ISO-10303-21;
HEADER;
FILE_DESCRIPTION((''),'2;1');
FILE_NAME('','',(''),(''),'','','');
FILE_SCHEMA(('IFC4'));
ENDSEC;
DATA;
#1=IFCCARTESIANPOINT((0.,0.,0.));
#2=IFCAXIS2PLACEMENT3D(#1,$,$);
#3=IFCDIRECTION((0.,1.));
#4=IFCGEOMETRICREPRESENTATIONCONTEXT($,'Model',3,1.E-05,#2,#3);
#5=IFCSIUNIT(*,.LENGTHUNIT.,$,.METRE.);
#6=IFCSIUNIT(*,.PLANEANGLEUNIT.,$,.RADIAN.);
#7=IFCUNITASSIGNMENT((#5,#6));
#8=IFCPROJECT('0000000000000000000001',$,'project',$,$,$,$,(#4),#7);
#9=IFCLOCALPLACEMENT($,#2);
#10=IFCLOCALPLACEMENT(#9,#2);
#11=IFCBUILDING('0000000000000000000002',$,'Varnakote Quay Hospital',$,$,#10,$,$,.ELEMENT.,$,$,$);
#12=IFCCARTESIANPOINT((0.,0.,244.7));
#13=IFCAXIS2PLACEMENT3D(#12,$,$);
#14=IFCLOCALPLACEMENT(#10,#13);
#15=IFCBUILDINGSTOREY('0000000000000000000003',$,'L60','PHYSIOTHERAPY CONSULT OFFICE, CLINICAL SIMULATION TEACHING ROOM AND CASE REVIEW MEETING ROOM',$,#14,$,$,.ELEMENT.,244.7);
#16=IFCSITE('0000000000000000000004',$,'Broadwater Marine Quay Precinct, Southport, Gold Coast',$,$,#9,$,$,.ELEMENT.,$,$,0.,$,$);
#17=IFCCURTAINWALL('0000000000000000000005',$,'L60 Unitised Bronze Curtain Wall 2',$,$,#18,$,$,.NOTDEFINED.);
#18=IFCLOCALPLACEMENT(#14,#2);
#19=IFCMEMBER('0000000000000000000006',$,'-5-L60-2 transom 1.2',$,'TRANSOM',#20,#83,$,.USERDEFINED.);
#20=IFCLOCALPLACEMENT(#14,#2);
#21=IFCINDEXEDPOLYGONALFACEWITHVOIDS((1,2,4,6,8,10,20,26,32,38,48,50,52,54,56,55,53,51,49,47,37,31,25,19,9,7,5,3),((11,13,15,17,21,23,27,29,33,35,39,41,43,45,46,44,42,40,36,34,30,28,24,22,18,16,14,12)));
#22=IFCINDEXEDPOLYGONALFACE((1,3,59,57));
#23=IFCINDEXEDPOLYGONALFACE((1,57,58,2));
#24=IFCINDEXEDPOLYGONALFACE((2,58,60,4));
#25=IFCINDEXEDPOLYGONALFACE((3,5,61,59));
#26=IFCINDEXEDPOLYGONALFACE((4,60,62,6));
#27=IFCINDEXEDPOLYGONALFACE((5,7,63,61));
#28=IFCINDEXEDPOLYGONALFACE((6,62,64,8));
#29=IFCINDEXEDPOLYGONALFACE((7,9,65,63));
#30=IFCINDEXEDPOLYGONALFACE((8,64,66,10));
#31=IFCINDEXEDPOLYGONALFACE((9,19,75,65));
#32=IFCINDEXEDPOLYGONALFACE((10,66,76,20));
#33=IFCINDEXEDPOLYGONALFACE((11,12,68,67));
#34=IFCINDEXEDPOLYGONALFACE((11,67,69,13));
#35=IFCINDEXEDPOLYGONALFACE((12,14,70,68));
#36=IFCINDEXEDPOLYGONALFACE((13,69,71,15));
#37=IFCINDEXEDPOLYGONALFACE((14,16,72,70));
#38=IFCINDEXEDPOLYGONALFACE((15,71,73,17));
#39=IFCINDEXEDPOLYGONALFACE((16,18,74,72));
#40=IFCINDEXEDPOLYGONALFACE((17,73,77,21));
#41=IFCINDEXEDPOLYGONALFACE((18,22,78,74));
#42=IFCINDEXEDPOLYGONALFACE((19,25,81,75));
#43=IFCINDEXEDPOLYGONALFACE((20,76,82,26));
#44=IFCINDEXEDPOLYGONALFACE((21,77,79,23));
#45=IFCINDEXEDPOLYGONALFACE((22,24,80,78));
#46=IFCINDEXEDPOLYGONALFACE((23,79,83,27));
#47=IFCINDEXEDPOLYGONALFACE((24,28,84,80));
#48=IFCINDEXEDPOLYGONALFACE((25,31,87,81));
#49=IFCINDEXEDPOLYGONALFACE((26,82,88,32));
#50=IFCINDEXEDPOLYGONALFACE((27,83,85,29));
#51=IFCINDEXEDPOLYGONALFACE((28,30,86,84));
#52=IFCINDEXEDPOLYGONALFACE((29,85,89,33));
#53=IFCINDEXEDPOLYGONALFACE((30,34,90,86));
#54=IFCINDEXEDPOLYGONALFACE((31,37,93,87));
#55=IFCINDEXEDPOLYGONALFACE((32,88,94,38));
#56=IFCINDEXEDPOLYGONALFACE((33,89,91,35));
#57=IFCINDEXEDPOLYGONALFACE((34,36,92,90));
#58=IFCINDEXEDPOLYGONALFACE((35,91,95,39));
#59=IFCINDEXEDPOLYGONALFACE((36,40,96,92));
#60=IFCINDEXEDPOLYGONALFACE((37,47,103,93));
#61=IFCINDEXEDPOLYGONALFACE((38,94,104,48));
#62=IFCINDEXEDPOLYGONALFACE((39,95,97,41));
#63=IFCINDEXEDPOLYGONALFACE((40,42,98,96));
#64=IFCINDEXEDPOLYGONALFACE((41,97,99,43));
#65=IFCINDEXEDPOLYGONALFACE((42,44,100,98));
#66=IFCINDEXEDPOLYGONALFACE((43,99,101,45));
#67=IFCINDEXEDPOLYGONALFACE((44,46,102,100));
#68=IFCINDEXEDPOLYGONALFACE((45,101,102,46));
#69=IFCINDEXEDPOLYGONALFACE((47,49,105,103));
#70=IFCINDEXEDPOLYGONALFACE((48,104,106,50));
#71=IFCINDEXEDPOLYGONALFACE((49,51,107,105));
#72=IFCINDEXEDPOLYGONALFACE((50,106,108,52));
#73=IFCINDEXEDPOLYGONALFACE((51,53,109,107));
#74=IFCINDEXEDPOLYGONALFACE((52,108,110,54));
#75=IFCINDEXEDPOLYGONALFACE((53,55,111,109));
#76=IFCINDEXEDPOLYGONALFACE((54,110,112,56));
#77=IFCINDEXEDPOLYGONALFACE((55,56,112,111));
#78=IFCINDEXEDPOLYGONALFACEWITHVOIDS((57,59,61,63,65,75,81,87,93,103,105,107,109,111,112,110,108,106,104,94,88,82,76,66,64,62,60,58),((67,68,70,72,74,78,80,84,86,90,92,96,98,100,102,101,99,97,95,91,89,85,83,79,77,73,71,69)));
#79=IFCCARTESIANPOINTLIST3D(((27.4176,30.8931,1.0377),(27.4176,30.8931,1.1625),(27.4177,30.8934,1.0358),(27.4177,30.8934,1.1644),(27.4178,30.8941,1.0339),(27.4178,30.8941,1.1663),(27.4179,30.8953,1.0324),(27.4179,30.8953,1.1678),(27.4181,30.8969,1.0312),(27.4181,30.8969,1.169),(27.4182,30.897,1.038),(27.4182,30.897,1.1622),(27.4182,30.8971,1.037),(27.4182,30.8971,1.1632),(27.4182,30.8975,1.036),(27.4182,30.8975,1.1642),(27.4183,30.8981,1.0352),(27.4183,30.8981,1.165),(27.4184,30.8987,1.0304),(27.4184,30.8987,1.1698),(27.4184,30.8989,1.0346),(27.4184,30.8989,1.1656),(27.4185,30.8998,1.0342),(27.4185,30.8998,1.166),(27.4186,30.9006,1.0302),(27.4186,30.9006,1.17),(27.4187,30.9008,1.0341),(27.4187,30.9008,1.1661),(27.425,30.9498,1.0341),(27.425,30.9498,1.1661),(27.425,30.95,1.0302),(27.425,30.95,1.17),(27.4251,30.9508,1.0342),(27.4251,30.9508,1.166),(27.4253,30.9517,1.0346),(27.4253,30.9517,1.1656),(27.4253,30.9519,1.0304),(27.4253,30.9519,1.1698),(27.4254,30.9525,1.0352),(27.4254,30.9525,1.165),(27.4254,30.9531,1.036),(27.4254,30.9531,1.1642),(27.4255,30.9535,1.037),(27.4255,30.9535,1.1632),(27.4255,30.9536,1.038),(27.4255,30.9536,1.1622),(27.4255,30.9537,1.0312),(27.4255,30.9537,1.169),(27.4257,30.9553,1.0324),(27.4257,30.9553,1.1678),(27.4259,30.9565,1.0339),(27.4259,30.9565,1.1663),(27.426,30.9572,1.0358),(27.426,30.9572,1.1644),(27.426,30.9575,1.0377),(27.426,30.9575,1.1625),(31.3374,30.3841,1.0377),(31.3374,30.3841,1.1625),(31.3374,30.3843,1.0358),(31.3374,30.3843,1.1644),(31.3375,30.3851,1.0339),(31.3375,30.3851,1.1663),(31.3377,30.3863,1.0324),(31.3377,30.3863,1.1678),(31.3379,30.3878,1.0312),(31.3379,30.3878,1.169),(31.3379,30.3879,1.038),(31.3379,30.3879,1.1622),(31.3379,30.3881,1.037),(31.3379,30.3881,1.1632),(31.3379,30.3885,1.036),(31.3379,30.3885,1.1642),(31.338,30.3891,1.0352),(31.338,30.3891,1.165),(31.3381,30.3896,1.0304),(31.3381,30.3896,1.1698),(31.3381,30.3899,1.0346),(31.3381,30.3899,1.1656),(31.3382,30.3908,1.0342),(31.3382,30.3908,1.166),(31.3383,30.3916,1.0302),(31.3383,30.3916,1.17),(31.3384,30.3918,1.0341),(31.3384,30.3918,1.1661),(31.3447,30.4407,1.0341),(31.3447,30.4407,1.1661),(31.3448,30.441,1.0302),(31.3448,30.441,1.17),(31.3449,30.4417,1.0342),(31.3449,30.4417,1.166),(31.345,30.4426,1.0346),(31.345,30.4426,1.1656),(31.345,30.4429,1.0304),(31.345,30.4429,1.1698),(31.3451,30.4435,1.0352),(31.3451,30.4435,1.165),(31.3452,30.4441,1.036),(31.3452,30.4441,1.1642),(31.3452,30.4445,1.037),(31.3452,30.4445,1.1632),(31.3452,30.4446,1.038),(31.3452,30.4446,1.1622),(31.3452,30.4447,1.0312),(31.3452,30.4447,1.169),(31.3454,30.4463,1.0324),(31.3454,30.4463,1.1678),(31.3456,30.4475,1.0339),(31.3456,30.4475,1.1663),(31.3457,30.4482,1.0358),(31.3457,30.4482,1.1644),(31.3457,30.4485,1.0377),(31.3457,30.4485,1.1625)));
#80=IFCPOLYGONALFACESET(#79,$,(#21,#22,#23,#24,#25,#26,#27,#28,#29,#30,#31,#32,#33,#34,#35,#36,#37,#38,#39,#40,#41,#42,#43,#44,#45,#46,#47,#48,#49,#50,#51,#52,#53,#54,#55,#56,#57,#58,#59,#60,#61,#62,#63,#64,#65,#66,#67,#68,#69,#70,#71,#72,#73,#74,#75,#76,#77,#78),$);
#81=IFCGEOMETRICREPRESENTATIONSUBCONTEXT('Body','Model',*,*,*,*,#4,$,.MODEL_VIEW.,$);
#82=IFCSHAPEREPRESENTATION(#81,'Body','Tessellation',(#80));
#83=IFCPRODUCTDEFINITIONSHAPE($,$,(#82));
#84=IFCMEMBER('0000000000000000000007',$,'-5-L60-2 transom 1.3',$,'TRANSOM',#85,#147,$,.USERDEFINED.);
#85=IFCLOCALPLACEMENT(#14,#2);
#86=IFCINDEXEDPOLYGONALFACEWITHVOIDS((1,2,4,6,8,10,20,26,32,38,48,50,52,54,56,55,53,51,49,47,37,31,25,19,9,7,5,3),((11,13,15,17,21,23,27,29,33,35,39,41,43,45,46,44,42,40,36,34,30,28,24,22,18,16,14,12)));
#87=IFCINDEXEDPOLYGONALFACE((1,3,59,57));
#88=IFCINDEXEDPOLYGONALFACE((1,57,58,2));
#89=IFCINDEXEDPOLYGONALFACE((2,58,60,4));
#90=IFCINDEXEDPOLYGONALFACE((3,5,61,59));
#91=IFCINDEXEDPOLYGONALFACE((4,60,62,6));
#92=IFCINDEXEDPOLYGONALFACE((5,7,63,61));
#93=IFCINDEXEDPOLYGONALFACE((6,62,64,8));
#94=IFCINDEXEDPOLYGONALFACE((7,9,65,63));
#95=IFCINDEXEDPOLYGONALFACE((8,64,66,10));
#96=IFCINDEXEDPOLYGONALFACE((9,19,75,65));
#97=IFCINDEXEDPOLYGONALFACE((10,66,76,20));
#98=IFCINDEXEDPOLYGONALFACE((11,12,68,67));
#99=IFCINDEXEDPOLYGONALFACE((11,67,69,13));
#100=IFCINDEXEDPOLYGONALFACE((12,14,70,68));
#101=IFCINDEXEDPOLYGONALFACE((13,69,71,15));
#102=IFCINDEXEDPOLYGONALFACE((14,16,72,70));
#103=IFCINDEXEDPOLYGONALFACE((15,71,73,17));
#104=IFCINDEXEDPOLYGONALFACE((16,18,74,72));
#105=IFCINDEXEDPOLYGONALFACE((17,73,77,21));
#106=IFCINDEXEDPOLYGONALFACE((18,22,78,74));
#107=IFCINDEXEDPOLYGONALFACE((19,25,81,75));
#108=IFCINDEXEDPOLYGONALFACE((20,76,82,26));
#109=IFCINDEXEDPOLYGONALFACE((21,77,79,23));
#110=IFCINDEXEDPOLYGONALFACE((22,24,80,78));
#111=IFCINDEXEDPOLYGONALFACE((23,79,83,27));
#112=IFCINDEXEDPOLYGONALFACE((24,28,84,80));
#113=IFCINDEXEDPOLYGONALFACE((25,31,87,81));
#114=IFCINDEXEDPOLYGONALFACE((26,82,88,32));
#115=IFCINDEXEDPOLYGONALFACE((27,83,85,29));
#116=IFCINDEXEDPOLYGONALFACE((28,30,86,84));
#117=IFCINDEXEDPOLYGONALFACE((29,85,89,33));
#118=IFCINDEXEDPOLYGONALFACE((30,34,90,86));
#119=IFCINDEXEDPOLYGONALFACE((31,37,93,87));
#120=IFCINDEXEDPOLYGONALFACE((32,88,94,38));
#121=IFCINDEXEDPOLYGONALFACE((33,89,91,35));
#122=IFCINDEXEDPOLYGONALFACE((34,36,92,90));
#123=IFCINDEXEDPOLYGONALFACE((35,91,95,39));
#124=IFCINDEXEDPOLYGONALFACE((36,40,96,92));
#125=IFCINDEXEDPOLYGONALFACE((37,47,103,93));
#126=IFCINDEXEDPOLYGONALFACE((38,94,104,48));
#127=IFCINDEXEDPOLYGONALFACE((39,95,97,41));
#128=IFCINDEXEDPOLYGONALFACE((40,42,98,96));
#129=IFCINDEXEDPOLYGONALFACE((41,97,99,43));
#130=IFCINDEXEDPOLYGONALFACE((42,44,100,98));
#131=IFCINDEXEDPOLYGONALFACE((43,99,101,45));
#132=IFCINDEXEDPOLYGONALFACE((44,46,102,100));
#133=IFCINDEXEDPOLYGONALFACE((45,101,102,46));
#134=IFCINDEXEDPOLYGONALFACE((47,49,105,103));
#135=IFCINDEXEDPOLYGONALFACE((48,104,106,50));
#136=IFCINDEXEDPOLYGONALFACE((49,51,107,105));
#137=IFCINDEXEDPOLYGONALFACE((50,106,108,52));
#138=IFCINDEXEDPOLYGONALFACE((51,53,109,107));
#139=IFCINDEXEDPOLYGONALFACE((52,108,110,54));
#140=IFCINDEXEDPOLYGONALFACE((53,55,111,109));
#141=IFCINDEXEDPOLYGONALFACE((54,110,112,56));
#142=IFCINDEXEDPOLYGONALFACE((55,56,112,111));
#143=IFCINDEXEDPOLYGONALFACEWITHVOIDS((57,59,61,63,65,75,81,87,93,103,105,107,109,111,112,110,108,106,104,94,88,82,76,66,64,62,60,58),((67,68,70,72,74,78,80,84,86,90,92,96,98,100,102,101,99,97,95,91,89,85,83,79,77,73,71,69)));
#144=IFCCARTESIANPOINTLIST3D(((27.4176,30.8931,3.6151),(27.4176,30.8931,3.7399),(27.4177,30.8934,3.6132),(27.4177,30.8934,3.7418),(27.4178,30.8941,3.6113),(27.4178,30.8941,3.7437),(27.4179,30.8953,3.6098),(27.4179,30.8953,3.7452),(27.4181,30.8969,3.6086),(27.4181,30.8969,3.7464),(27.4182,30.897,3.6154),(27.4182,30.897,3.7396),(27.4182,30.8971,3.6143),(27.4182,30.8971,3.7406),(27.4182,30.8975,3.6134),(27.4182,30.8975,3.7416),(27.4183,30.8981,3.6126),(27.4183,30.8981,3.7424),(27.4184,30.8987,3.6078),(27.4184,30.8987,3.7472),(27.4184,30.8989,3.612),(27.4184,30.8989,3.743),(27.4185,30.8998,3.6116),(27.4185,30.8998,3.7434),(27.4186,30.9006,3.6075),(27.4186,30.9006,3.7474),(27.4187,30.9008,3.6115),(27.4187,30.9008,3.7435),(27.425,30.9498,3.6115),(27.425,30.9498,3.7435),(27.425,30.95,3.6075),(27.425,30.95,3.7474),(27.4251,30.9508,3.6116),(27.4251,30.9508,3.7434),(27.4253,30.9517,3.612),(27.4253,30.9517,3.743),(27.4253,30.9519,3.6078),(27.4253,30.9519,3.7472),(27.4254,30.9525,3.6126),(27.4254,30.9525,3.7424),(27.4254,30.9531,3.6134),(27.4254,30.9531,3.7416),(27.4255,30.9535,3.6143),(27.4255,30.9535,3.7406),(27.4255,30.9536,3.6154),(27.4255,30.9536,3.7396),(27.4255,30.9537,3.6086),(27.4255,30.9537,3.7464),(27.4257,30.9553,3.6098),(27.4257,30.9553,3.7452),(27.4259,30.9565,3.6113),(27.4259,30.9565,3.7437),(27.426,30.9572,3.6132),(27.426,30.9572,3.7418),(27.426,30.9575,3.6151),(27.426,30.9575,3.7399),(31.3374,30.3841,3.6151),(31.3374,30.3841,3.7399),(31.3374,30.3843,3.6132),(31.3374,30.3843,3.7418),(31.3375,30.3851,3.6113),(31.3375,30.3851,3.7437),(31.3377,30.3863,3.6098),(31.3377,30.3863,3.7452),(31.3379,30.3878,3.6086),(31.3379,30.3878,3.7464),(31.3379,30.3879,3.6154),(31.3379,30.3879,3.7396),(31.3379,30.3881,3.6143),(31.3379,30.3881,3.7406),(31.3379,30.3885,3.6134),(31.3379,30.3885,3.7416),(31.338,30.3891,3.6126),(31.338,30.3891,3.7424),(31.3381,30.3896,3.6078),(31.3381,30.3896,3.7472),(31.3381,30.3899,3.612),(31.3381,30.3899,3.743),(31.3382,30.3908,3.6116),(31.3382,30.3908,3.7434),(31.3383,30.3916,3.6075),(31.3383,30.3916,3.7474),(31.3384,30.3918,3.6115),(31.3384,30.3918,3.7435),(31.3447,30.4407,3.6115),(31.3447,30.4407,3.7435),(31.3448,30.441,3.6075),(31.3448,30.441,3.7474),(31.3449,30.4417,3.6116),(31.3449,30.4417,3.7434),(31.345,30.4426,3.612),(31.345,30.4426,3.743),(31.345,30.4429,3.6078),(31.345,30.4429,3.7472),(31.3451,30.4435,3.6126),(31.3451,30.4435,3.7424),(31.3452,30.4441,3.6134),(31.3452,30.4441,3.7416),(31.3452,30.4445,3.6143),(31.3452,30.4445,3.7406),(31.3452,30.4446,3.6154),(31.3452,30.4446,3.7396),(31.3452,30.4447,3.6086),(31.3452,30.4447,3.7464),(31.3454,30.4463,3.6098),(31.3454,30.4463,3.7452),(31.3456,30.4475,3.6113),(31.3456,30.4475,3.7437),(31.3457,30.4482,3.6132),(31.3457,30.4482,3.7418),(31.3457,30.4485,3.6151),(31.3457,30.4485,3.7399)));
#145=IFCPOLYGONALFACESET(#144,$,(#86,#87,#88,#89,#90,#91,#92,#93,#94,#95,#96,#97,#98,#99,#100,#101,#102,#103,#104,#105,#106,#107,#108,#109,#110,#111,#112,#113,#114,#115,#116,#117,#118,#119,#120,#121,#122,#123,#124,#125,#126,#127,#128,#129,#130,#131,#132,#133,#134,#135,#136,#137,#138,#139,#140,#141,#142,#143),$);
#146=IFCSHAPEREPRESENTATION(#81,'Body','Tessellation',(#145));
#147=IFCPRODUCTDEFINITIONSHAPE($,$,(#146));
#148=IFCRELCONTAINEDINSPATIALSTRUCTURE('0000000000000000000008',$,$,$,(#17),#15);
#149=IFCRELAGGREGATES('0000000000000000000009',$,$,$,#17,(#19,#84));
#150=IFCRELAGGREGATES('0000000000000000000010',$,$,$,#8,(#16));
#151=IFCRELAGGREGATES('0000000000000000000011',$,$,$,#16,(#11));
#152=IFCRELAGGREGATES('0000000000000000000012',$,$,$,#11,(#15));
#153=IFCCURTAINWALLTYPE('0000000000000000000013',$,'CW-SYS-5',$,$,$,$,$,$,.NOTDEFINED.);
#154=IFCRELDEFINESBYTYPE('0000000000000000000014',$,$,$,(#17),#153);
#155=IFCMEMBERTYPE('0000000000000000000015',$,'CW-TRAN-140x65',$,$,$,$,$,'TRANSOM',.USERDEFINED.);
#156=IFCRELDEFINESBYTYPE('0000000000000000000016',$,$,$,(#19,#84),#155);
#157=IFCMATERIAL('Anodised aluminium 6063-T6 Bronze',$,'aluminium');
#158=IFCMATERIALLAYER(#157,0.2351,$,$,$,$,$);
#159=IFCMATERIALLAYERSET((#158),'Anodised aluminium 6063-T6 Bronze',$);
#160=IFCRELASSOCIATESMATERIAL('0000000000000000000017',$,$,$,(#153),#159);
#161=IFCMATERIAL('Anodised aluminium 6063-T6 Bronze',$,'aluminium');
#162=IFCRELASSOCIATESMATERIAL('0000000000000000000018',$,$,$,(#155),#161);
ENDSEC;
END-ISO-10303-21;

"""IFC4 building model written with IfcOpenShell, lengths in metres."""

from ifc_helpers import new_model, si_unit, direction, frame, origin, origin_2d, place, context, subcontext, project, spatial, hollow_rectangle, extrude, material, layer, layer_set, material_profile, profile_set, type_object, element, aggregate, save


model = new_model("IFC4")

# Units and contexts
model_context = context("Model", 3, precision=1e-05, world=origin(), true_north=direction((0.0, 1.0)))
body_context = subcontext(model_context, "Body", "Model", "MODEL_VIEW")
ifc_project = project(units=[si_unit("LENGTHUNIT", "METRE"), si_unit("PLANEANGLEUNIT", "RADIAN")], contexts=[model_context])

# Site, building, storey
site_placement = place(None, origin())
site = spatial("IfcSite", under=ifc_project, at=site_placement, Name="Broadwater Marine Quay Precinct, Southport, Gold Coast", CompositionType="ELEMENT", RefElevation=0.0)
building_placement = place(site_placement, origin())
building = spatial("IfcBuilding", under=site, at=building_placement, Name="Varnakote Quay Hospital", CompositionType="ELEMENT")
storey_placement = place(building_placement, frame((0.0, 0.0, 244.7)))
storey = spatial("IfcBuildingStorey", under=building, at=storey_placement, Name="L60", Description="PHYSIOTHERAPY CONSULT OFFICE, CLINICAL SIMULATION TEACHING ROOM AND CASE REVIEW MEETING ROOM", CompositionType="ELEMENT", Elevation=244.7)

# Shared definitions
ifc_material_1 = material(Name="Anodised aluminium 6063-T6 Bronze", Category="aluminium")
ifc_layer_1 = layer(ifc_material_1, 0.2351)
ifc_layer_set_1 = layer_set([ifc_layer_1], Name="Anodised aluminium 6063-T6 Bronze")
curtain_wall_type = type_object("IfcCurtainWallType", Name="CW-SYS-5", PredefinedType="NOTDEFINED", material=ifc_layer_set_1)

# Curtain wall, members
curtain_wall_1_placement = place(storey_placement, origin())
curtain_wall_1 = element("IfcCurtainWall", 1, at=curtain_wall_1_placement, inside=storey, type_object=curtain_wall_type, Name="L60 Unitised Bronze Curtain Wall 2", PredefinedType="NOTDEFINED")
ifc_material_2 = material(Name="Anodised aluminium 6063-T6 Bronze", Category="aluminium")
ifc_material_profile_1 = material_profile(ifc_material_2, hollow_rectangle(XDim=0.0649, YDim=0.1399, WallThickness=0.0039, InnerFilletRadius=0.0039, OuterFilletRadius=0.0076, at=origin_2d()), Name="CW-TRAN-140x65")
ifc_profile_set_1 = profile_set([ifc_material_profile_1], Name="Anodised aluminium 6063-T6 Bronze")
member_type_1 = type_object("IfcMemberType", Name="CW-TRAN-140x65", ElementType="TRANSOM", PredefinedType="USERDEFINED", material=ifc_profile_set_1)
member_1_placement = place(storey_placement, frame((31.3416, 30.4163, 1.1001), z_axis=(-0.991673, 0.128785, 0.0), x_axis=(-0.128785, -0.991673, 0.0)))
member_1 = element("IfcMember", 2, at=member_1_placement, type_object=member_type_1, Name="-5-L60-2 transom 1.2", ObjectType="TRANSOM", PredefinedType="USERDEFINED", context=body_context, shape_type="SweptSolid", body=[
    extrude(hollow_rectangle(XDim=0.0649, YDim=0.1399, WallThickness=0.0039, InnerFilletRadius=0.0039, OuterFilletRadius=0.0076, at=origin_2d()), origin(), (0.0, 0.0, 1.0), 3.9526),
])
member_2_placement = place(storey_placement, frame((31.3416, 30.4163, 3.6775), z_axis=(-0.991673, 0.128785, 0.0), x_axis=(-0.128785, -0.991673, 0.0)))
member_2 = element("IfcMember", 3, at=member_2_placement, type_object=member_type_1, Name="-5-L60-2 transom 1.3", ObjectType="TRANSOM", PredefinedType="USERDEFINED", context=body_context, shape_type="SweptSolid", body=[
    extrude(hollow_rectangle(XDim=0.0649, YDim=0.1399, WallThickness=0.0039, InnerFilletRadius=0.0039, OuterFilletRadius=0.0076, at=origin_2d()), origin(), (0.0, 0.0, 1.0), 3.9526),
])

aggregate(curtain_wall_1, [member_1, member_2])

save(model, "model.ifc")
